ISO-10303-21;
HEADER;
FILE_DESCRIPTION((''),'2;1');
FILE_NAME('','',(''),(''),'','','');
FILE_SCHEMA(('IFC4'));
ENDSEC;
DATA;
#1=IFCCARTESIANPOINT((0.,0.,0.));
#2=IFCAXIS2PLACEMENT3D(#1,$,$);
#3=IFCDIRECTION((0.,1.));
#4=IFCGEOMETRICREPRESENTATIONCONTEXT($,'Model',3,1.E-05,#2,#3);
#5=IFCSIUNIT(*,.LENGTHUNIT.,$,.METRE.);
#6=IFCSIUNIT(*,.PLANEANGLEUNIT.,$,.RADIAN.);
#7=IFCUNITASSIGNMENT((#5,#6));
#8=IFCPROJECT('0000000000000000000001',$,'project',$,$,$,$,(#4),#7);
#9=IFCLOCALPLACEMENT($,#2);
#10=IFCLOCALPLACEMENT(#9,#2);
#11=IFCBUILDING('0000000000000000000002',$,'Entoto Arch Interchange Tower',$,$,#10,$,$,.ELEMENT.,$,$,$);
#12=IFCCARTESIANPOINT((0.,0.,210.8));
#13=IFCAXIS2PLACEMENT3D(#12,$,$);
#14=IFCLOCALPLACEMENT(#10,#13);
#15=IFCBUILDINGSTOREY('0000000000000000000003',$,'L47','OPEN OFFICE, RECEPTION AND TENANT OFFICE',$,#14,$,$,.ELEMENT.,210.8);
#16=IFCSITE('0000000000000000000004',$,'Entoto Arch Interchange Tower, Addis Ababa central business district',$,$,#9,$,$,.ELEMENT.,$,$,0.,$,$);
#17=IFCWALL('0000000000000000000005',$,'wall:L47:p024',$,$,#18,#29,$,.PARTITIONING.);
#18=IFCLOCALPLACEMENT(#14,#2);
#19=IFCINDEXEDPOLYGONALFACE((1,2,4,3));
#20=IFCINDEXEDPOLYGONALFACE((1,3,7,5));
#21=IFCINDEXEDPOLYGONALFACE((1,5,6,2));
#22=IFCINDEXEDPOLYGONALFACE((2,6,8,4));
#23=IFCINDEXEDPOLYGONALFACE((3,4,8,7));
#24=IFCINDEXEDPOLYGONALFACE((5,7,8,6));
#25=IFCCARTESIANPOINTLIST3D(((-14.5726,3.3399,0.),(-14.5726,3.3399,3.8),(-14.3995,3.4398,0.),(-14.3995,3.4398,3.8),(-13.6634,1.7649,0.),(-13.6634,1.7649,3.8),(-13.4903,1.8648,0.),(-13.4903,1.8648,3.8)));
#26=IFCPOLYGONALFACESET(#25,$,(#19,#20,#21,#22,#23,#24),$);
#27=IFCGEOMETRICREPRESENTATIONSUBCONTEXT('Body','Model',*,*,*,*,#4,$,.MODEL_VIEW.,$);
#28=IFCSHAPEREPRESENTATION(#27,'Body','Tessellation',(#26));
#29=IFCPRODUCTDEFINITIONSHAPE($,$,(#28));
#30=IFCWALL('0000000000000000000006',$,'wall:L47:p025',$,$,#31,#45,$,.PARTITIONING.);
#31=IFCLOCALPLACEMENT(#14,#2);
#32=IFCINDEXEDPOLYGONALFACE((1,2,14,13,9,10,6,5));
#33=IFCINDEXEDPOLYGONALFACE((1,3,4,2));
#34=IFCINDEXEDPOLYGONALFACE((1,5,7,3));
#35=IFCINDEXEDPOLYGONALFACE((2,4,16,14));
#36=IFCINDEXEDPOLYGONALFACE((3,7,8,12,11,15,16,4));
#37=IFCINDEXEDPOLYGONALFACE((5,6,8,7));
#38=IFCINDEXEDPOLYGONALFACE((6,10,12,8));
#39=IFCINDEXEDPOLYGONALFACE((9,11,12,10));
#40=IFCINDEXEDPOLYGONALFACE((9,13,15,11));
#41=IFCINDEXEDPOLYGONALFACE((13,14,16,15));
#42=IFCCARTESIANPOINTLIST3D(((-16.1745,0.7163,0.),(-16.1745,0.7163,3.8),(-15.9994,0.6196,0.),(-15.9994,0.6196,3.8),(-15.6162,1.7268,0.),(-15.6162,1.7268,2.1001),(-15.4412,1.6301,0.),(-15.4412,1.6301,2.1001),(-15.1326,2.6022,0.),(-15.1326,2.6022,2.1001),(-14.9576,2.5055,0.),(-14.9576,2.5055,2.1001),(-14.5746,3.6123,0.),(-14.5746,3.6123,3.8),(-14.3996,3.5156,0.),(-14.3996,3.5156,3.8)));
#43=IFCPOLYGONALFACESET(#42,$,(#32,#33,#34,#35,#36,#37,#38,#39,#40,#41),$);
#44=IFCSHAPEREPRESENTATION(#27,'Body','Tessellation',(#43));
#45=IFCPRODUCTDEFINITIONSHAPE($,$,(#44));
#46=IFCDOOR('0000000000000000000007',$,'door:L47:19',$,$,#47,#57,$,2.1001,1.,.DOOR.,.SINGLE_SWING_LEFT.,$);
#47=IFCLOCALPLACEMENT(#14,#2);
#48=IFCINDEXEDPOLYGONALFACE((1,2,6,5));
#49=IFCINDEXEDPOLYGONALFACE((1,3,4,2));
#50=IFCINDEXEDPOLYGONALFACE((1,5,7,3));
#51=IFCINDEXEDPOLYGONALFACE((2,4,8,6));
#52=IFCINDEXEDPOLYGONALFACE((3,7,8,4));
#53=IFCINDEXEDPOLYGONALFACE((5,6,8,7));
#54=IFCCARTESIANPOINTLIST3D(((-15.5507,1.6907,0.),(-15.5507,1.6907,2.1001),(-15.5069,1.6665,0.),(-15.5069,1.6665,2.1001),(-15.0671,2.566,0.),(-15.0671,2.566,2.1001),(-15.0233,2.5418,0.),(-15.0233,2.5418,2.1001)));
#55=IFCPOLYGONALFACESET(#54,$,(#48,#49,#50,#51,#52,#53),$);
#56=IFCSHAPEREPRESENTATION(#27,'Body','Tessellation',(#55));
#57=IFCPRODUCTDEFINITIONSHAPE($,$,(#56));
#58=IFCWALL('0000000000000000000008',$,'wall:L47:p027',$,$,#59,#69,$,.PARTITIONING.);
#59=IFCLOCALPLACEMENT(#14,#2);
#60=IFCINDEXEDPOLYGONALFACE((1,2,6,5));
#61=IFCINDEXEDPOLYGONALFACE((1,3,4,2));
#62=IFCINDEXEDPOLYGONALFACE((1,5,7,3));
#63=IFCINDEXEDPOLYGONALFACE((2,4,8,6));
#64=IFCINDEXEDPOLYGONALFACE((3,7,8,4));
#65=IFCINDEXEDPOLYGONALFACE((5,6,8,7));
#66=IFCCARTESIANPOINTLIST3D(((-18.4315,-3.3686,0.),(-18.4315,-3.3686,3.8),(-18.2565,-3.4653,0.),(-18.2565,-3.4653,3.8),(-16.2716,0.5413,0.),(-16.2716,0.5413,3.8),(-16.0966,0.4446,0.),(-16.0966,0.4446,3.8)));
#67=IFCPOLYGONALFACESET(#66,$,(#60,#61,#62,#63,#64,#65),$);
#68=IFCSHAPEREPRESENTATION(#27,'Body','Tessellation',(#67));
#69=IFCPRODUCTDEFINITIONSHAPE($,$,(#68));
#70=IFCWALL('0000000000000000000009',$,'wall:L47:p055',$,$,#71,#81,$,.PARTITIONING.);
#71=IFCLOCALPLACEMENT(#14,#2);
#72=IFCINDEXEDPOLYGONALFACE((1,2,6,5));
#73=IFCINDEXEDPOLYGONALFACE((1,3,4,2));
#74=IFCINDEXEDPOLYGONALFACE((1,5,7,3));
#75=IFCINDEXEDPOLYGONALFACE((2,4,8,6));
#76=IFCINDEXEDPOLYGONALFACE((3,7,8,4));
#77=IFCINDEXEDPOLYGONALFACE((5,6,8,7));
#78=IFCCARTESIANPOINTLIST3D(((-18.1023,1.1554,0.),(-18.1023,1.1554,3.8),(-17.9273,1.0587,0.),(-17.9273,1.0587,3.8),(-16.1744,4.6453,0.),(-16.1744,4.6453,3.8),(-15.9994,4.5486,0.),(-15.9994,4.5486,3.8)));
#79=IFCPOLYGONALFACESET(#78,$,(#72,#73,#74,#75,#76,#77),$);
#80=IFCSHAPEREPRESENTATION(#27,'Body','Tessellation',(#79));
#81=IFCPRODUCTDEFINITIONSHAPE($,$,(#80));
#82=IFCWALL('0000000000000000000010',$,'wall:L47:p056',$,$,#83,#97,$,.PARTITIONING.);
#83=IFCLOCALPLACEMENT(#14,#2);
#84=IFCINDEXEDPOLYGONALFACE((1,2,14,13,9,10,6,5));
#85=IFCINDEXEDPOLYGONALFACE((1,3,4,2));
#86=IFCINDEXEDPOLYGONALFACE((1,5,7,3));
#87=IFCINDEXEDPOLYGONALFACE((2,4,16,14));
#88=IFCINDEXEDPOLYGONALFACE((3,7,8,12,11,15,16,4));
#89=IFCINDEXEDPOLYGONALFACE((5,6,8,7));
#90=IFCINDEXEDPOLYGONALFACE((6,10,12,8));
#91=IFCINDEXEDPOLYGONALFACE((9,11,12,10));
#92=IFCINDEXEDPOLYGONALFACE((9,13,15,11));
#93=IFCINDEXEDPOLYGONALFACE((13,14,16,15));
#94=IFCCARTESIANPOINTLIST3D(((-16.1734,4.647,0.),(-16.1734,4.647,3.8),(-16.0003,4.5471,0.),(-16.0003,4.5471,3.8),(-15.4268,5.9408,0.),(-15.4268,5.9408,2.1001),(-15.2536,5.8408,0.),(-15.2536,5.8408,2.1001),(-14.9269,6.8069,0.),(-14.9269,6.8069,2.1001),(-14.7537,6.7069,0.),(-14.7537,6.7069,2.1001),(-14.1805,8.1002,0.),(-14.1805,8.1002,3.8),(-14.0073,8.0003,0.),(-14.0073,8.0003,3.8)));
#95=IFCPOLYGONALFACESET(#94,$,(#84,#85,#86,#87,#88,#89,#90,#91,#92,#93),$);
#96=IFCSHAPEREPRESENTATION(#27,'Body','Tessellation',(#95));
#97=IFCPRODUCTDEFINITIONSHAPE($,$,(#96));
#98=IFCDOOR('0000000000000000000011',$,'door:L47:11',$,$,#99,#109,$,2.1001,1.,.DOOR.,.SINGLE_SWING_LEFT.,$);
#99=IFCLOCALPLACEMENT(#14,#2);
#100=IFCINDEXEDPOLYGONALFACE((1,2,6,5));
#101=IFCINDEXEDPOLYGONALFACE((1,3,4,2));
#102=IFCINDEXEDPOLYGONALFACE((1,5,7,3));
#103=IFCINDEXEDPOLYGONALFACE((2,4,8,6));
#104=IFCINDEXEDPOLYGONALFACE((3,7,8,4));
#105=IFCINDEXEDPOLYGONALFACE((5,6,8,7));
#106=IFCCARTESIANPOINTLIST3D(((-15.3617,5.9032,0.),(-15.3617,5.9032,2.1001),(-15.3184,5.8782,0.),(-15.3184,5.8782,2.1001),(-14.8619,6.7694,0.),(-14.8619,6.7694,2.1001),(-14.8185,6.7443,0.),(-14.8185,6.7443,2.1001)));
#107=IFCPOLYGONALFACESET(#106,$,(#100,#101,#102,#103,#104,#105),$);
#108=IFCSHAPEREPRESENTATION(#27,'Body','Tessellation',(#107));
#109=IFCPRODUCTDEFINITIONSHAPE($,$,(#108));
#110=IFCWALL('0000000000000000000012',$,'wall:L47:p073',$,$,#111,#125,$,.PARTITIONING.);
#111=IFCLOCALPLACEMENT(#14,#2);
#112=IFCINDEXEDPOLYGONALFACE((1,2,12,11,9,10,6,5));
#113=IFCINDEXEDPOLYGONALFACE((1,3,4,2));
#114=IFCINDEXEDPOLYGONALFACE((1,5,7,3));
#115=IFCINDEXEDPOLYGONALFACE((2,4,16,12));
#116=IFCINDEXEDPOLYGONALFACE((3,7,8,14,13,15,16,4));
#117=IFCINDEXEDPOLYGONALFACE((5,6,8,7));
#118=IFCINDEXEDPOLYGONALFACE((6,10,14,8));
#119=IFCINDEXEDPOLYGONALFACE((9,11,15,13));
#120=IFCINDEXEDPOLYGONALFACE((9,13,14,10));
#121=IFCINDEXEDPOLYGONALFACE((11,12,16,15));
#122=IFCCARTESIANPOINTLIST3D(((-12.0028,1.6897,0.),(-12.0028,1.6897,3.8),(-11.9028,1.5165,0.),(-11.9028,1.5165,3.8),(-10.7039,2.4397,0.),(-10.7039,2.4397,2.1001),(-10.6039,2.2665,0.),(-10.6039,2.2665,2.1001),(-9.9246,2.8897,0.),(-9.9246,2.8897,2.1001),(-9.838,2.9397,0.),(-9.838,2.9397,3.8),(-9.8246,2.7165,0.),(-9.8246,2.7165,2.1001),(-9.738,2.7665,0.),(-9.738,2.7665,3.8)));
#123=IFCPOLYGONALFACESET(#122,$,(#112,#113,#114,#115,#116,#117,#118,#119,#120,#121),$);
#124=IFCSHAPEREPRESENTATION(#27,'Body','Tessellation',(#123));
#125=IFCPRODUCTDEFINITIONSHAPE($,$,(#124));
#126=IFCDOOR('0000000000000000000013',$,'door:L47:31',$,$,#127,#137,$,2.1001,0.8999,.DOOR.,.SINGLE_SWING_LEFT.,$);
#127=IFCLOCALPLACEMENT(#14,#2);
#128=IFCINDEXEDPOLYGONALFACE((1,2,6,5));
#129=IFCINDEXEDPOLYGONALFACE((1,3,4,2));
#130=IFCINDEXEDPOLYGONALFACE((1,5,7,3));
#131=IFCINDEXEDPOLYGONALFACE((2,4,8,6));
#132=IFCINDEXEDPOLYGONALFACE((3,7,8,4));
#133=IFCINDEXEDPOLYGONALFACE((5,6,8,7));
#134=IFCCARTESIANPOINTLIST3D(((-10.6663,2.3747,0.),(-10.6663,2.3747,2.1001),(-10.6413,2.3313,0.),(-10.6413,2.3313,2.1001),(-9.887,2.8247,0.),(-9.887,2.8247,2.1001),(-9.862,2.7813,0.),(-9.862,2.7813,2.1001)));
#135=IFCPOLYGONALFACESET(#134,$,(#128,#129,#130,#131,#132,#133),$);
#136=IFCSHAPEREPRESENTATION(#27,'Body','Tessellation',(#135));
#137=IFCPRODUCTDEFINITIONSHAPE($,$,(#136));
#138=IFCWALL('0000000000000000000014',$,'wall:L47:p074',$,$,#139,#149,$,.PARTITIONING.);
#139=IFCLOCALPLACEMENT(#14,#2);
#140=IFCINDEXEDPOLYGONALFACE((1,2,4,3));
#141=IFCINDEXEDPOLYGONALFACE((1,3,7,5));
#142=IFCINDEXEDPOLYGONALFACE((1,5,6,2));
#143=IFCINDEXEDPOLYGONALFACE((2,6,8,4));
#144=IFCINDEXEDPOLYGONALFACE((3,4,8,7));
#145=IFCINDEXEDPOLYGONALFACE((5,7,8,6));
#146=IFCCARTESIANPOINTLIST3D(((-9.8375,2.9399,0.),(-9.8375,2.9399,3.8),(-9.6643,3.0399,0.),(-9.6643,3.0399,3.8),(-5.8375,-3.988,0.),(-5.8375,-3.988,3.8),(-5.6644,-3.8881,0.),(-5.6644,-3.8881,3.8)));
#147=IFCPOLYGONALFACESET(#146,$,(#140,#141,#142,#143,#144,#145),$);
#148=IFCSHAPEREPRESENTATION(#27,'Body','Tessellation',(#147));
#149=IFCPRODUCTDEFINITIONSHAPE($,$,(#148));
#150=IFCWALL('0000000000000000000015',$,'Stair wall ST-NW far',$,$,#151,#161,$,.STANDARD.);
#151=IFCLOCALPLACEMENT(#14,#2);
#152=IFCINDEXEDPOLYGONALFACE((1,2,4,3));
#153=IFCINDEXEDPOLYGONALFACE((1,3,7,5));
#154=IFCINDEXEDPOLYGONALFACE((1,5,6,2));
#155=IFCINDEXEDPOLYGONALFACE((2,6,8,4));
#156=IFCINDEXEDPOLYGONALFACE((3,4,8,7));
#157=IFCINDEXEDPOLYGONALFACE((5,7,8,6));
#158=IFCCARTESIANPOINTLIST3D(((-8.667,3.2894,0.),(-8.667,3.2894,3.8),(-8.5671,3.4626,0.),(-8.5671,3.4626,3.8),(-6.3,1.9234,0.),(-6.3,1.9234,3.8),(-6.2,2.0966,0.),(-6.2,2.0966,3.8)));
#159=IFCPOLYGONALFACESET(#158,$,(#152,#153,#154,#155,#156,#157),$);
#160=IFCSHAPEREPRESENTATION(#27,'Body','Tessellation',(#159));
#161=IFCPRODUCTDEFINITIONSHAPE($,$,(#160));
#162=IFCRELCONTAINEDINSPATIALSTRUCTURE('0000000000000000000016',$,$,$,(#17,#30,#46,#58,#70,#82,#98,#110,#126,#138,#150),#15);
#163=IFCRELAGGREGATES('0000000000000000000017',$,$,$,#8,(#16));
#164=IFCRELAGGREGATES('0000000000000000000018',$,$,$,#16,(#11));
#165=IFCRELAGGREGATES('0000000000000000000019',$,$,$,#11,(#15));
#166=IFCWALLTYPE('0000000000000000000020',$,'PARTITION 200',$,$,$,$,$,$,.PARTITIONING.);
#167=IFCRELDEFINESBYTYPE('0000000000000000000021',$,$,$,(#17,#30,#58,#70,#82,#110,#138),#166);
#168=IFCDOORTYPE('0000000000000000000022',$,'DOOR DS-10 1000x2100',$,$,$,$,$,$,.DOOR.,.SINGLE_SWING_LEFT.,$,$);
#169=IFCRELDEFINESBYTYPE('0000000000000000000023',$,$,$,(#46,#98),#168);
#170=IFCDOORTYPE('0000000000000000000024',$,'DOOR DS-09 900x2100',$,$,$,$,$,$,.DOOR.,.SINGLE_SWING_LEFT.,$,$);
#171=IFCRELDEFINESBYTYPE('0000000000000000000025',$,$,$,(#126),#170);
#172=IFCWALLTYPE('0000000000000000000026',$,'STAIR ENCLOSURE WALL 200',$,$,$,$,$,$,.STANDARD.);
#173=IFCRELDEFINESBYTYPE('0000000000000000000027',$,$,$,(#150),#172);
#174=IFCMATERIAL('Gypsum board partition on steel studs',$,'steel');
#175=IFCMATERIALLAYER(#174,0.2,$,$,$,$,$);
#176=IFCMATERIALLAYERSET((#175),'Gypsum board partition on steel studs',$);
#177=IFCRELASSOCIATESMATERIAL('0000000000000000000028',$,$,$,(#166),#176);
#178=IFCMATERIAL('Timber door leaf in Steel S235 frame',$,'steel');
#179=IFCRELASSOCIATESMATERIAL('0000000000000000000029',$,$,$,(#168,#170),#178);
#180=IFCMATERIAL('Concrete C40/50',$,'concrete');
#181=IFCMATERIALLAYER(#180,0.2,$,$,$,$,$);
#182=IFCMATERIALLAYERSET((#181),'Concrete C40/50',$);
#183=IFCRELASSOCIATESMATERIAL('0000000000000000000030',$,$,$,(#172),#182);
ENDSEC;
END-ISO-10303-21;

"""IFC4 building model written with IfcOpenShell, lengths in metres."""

from ifc_helpers import new_model, si_unit, direction, frame, frame_2d, origin, place, context, subcontext, project, spatial, rectangle, extrude, material, layer, layer_set, type_object, element, fill, save


model = new_model("IFC4")

# Units and contexts
model_context = context("Model", 3, precision=1e-05, world=origin(), true_north=direction((0.0, 1.0)))
body_context = subcontext(model_context, "Body", "Model", "MODEL_VIEW")
ifc_project = project(units=[si_unit("LENGTHUNIT", "METRE"), si_unit("PLANEANGLEUNIT", "RADIAN")], contexts=[model_context])

# Site, building, storey
site_placement = place(None, origin())
site = spatial("IfcSite", under=ifc_project, at=site_placement, Name="Entoto Arch Interchange Tower, Addis Ababa central business district", CompositionType="ELEMENT", RefElevation=0.0)
building_placement = place(site_placement, origin())
building = spatial("IfcBuilding", under=site, at=building_placement, Name="Entoto Arch Interchange Tower", CompositionType="ELEMENT")
storey_placement = place(building_placement, frame((0.0, 0.0, 210.8)))
storey = spatial("IfcBuildingStorey", under=building, at=storey_placement, Name="L47", Description="OPEN OFFICE, RECEPTION AND TENANT OFFICE", CompositionType="ELEMENT", Elevation=210.8)

# Shared definitions
ifc_material_1 = material(Name="Concrete C40/50", Category="concrete")

# Wall
ifc_material_2 = material(Name="Gypsum board partition on steel studs", Category="steel")
ifc_layer_1 = layer(ifc_material_2, 0.2)
ifc_layer_set_1 = layer_set([ifc_layer_1], Name="Gypsum board partition on steel studs")
wall_type_1 = type_object("IfcWallType", Name="PARTITION 200", PredefinedType="PARTITIONING", material=ifc_layer_set_1)
wall_1_placement = place(storey_placement, frame((-13.5769, 1.8149, 0.0), z_axis=(0.0, 0.0, 1.0), x_axis=(-0.499951, 0.866054, 0.0)))
element("IfcWall", 1, at=wall_1_placement, inside=storey, type_object=wall_type_1, Name="wall:L47:p024", PredefinedType="PARTITIONING", context=body_context, shape_type="SweptSolid", body=[
    extrude(rectangle(XDim=1.8186, YDim=0.2, at=frame_2d((0.9092, 0.0))), origin(), (0.0, 0.0, 1.0), 3.8),
])

# Wall, opening, door
wall_2_placement = place(storey_placement, frame((-14.4871, 3.564, 0.0), z_axis=(0.0, 0.0, 1.0), x_axis=(-0.483555, -0.875314, 0.0)))
wall_2 = element("IfcWall", 2, at=wall_2_placement, inside=storey, type_object=wall_type_1, Name="wall:L47:p025", PredefinedType="PARTITIONING", context=body_context, shape_type="SweptSolid", body=[
    extrude(rectangle(XDim=3.3086, YDim=0.2, at=frame_2d((1.6543, 0.0))), origin(), (0.0, 0.0, 1.0), 3.8),
])
opening_1_placement = place(wall_2_placement, frame((1.1541, 0.0, 0.0)))
opening_1 = element("IfcOpeningElement", 3, at=opening_1_placement, cuts=wall_2, PredefinedType="OPENING", context=body_context, shape_type="SweptSolid", body=[
    extrude(rectangle(XDim=1.0, YDim=2.1001, at=frame_2d((0.5, 1.05))), frame((0.0, 0.1099, 0.0), z_axis=(0.0, -1.0, 0.0), x_axis=(1.0, 0.0, 0.0)), (0.0, 0.0, 1.0), 0.22),
])
ifc_material_3 = material(Name="Timber door leaf in Steel S235 frame", Category="steel")
door_type_1 = type_object("IfcDoorType", Name="DOOR DS-10 1000x2100", OperationType="SINGLE_SWING_LEFT", PredefinedType="DOOR", material=ifc_material_3)
door_1_placement = place(opening_1_placement, origin())
door_1 = element("IfcDoor", 4, at=door_1_placement, inside=storey, type_object=door_type_1, Name="door:L47:19", OperationType="SINGLE_SWING_LEFT", OverallHeight=2.1001, OverallWidth=1.0, PredefinedType="DOOR", context=body_context, shape_type="SweptSolid", body=[
    extrude(rectangle(XDim=1.0, YDim=2.1001, at=frame_2d((0.5, 1.05))), frame((0.0, 0.0249, 0.0), z_axis=(0.0, -1.0, 0.0), x_axis=(1.0, 0.0, 0.0)), (0.0, 0.0, 1.0), 0.05),
])
fill(opening_1, door_1)

# Walls
wall_3_placement = place(storey_placement, frame((-16.1841, 0.4929, 0.0), z_axis=(0.0, 0.0, 1.0), x_axis=(-0.483544, -0.87532, 0.0)))
element("IfcWall", 5, at=wall_3_placement, inside=storey, type_object=wall_type_1, Name="wall:L47:p027", PredefinedType="PARTITIONING", context=body_context, shape_type="SweptSolid", body=[
    extrude(rectangle(XDim=4.4668, YDim=0.2, at=frame_2d((2.2334, 0.0))), origin(), (0.0, 0.0, 1.0), 3.8),
])
wall_4_placement = place(storey_placement, frame((-18.0149, 1.1069, 0.0), z_axis=(0.0, 0.0, 1.0), x_axis=(0.483552, 0.875316, 0.0)))
element("IfcWall", 6, at=wall_4_placement, inside=storey, type_object=wall_type_1, Name="wall:L47:p055", PredefinedType="PARTITIONING", context=body_context, shape_type="SweptSolid", body=[
    extrude(rectangle(XDim=3.9871, YDim=0.2, at=frame_2d((1.9937, 0.0))), origin(), (0.0, 0.0, 1.0), 3.8),
])

# Walls, openings, doors
wall_5_placement = place(storey_placement, frame((-16.0869, 4.5969, 0.0), z_axis=(0.0, 0.0, 1.0), x_axis=(0.49986, 0.866106, 0.0)))
wall_5 = element("IfcWall", 7, at=wall_5_placement, inside=storey, type_object=wall_type_1, Name="wall:L47:p056", PredefinedType="PARTITIONING", context=body_context, shape_type="SweptSolid", body=[
    extrude(rectangle(XDim=3.9871, YDim=0.2, at=frame_2d((1.9937, 0.0))), origin(), (0.0, 0.0, 1.0), 3.8),
])
opening_2_placement = place(wall_5_placement, frame((1.4939, 0.0, 0.0)))
opening_2 = element("IfcOpeningElement", 8, at=opening_2_placement, cuts=wall_5, PredefinedType="OPENING", context=body_context, shape_type="SweptSolid", body=[
    extrude(rectangle(XDim=1.0, YDim=2.1001, at=frame_2d((0.5, 1.05))), frame((0.0, 0.1099, 0.0), z_axis=(0.0, -1.0, 0.0), x_axis=(1.0, 0.0, 0.0)), (0.0, 0.0, 1.0), 0.22),
])
door_2_placement = place(opening_2_placement, origin())
door_2 = element("IfcDoor", 9, at=door_2_placement, inside=storey, type_object=door_type_1, Name="door:L47:11", OperationType="SINGLE_SWING_LEFT", OverallHeight=2.1001, OverallWidth=1.0, PredefinedType="DOOR", context=body_context, shape_type="SweptSolid", body=[
    extrude(rectangle(XDim=1.0, YDim=2.1001, at=frame_2d((0.5, 1.05))), frame((0.0, 0.0249, 0.0), z_axis=(0.0, -1.0, 0.0), x_axis=(1.0, 0.0, 0.0)), (0.0, 0.0, 1.0), 0.05),
])
fill(opening_2, door_2)
wall_6_placement = place(storey_placement, frame((-11.9529, 1.603, 0.0), z_axis=(0.0, 0.0, 1.0), x_axis=(0.865999, 0.500047, 0.0)))
wall_6 = element("IfcWall", 10, at=wall_6_placement, inside=storey, type_object=wall_type_1, Name="wall:L47:p073", PredefinedType="PARTITIONING", context=body_context, shape_type="SweptSolid", body=[
    extrude(rectangle(XDim=2.4998, YDim=0.2, at=frame_2d((1.25, 0.0))), origin(), (0.0, 0.0, 1.0), 3.8),
])
opening_3_placement = place(wall_6_placement, frame((1.5, 0.0, 0.0)))
opening_3 = element("IfcOpeningElement", 11, at=opening_3_placement, cuts=wall_6, PredefinedType="OPENING", context=body_context, shape_type="SweptSolid", body=[
    extrude(rectangle(XDim=0.8999, YDim=2.1001, at=frame_2d((0.45, 1.05))), frame((0.0, 0.1099, 0.0), z_axis=(0.0, -1.0, 0.0), x_axis=(1.0, 0.0, 0.0)), (0.0, 0.0, 1.0), 0.22),
])
door_type_2 = type_object("IfcDoorType", Name="DOOR DS-09 900x2100", OperationType="SINGLE_SWING_LEFT", PredefinedType="DOOR", material=ifc_material_3)
door_3_placement = place(opening_3_placement, origin())
door_3 = element("IfcDoor", 12, at=door_3_placement, inside=storey, type_object=door_type_2, Name="door:L47:31", OperationType="SINGLE_SWING_LEFT", OverallHeight=2.1001, OverallWidth=0.8999, PredefinedType="DOOR", context=body_context, shape_type="SweptSolid", body=[
    extrude(rectangle(XDim=0.8999, YDim=2.1001, at=frame_2d((0.45, 1.05))), frame((0.0, 0.0249, 0.0), z_axis=(0.0, -1.0, 0.0), x_axis=(1.0, 0.0, 0.0)), (0.0, 0.0, 1.0), 0.05),
])
fill(opening_3, door_3)

# Walls
wall_7_placement = place(storey_placement, frame((-9.751, 2.99, 0.0), z_axis=(0.0, 0.0, 1.0), x_axis=(0.500012, -0.866018, 0.0)))
element("IfcWall", 13, at=wall_7_placement, inside=storey, type_object=wall_type_1, Name="wall:L47:p074", PredefinedType="PARTITIONING", context=body_context, shape_type="SweptSolid", body=[
    extrude(rectangle(XDim=7.9998, YDim=0.2, at=frame_2d((4.0, 0.0))), origin(), (0.0, 0.0, 1.0), 3.8),
])
ifc_layer_2 = layer(ifc_material_1, 0.2)
ifc_layer_set_2 = layer_set([ifc_layer_2], Name="Concrete C40/50")
wall_type_2 = type_object("IfcWallType", Name="STAIR ENCLOSURE WALL 200", PredefinedType="STANDARD", material=ifc_layer_set_2)
wall_8_placement = place(storey_placement, frame((-6.25, 2.01, 0.0), z_axis=(0.0, 0.0, 1.0), x_axis=(-0.866119, 0.499838, 0.0)))
element("IfcWall", 14, at=wall_8_placement, inside=storey, type_object=wall_type_2, Name="Stair wall ST-NW far", PredefinedType="STANDARD", context=body_context, shape_type="SweptSolid", body=[
    extrude(rectangle(XDim=2.7329, YDim=0.2, at=frame_2d((1.3665, 0.0))), origin(), (0.0, 0.0, 1.0), 3.8),
])

save(model, "model.ifc")
